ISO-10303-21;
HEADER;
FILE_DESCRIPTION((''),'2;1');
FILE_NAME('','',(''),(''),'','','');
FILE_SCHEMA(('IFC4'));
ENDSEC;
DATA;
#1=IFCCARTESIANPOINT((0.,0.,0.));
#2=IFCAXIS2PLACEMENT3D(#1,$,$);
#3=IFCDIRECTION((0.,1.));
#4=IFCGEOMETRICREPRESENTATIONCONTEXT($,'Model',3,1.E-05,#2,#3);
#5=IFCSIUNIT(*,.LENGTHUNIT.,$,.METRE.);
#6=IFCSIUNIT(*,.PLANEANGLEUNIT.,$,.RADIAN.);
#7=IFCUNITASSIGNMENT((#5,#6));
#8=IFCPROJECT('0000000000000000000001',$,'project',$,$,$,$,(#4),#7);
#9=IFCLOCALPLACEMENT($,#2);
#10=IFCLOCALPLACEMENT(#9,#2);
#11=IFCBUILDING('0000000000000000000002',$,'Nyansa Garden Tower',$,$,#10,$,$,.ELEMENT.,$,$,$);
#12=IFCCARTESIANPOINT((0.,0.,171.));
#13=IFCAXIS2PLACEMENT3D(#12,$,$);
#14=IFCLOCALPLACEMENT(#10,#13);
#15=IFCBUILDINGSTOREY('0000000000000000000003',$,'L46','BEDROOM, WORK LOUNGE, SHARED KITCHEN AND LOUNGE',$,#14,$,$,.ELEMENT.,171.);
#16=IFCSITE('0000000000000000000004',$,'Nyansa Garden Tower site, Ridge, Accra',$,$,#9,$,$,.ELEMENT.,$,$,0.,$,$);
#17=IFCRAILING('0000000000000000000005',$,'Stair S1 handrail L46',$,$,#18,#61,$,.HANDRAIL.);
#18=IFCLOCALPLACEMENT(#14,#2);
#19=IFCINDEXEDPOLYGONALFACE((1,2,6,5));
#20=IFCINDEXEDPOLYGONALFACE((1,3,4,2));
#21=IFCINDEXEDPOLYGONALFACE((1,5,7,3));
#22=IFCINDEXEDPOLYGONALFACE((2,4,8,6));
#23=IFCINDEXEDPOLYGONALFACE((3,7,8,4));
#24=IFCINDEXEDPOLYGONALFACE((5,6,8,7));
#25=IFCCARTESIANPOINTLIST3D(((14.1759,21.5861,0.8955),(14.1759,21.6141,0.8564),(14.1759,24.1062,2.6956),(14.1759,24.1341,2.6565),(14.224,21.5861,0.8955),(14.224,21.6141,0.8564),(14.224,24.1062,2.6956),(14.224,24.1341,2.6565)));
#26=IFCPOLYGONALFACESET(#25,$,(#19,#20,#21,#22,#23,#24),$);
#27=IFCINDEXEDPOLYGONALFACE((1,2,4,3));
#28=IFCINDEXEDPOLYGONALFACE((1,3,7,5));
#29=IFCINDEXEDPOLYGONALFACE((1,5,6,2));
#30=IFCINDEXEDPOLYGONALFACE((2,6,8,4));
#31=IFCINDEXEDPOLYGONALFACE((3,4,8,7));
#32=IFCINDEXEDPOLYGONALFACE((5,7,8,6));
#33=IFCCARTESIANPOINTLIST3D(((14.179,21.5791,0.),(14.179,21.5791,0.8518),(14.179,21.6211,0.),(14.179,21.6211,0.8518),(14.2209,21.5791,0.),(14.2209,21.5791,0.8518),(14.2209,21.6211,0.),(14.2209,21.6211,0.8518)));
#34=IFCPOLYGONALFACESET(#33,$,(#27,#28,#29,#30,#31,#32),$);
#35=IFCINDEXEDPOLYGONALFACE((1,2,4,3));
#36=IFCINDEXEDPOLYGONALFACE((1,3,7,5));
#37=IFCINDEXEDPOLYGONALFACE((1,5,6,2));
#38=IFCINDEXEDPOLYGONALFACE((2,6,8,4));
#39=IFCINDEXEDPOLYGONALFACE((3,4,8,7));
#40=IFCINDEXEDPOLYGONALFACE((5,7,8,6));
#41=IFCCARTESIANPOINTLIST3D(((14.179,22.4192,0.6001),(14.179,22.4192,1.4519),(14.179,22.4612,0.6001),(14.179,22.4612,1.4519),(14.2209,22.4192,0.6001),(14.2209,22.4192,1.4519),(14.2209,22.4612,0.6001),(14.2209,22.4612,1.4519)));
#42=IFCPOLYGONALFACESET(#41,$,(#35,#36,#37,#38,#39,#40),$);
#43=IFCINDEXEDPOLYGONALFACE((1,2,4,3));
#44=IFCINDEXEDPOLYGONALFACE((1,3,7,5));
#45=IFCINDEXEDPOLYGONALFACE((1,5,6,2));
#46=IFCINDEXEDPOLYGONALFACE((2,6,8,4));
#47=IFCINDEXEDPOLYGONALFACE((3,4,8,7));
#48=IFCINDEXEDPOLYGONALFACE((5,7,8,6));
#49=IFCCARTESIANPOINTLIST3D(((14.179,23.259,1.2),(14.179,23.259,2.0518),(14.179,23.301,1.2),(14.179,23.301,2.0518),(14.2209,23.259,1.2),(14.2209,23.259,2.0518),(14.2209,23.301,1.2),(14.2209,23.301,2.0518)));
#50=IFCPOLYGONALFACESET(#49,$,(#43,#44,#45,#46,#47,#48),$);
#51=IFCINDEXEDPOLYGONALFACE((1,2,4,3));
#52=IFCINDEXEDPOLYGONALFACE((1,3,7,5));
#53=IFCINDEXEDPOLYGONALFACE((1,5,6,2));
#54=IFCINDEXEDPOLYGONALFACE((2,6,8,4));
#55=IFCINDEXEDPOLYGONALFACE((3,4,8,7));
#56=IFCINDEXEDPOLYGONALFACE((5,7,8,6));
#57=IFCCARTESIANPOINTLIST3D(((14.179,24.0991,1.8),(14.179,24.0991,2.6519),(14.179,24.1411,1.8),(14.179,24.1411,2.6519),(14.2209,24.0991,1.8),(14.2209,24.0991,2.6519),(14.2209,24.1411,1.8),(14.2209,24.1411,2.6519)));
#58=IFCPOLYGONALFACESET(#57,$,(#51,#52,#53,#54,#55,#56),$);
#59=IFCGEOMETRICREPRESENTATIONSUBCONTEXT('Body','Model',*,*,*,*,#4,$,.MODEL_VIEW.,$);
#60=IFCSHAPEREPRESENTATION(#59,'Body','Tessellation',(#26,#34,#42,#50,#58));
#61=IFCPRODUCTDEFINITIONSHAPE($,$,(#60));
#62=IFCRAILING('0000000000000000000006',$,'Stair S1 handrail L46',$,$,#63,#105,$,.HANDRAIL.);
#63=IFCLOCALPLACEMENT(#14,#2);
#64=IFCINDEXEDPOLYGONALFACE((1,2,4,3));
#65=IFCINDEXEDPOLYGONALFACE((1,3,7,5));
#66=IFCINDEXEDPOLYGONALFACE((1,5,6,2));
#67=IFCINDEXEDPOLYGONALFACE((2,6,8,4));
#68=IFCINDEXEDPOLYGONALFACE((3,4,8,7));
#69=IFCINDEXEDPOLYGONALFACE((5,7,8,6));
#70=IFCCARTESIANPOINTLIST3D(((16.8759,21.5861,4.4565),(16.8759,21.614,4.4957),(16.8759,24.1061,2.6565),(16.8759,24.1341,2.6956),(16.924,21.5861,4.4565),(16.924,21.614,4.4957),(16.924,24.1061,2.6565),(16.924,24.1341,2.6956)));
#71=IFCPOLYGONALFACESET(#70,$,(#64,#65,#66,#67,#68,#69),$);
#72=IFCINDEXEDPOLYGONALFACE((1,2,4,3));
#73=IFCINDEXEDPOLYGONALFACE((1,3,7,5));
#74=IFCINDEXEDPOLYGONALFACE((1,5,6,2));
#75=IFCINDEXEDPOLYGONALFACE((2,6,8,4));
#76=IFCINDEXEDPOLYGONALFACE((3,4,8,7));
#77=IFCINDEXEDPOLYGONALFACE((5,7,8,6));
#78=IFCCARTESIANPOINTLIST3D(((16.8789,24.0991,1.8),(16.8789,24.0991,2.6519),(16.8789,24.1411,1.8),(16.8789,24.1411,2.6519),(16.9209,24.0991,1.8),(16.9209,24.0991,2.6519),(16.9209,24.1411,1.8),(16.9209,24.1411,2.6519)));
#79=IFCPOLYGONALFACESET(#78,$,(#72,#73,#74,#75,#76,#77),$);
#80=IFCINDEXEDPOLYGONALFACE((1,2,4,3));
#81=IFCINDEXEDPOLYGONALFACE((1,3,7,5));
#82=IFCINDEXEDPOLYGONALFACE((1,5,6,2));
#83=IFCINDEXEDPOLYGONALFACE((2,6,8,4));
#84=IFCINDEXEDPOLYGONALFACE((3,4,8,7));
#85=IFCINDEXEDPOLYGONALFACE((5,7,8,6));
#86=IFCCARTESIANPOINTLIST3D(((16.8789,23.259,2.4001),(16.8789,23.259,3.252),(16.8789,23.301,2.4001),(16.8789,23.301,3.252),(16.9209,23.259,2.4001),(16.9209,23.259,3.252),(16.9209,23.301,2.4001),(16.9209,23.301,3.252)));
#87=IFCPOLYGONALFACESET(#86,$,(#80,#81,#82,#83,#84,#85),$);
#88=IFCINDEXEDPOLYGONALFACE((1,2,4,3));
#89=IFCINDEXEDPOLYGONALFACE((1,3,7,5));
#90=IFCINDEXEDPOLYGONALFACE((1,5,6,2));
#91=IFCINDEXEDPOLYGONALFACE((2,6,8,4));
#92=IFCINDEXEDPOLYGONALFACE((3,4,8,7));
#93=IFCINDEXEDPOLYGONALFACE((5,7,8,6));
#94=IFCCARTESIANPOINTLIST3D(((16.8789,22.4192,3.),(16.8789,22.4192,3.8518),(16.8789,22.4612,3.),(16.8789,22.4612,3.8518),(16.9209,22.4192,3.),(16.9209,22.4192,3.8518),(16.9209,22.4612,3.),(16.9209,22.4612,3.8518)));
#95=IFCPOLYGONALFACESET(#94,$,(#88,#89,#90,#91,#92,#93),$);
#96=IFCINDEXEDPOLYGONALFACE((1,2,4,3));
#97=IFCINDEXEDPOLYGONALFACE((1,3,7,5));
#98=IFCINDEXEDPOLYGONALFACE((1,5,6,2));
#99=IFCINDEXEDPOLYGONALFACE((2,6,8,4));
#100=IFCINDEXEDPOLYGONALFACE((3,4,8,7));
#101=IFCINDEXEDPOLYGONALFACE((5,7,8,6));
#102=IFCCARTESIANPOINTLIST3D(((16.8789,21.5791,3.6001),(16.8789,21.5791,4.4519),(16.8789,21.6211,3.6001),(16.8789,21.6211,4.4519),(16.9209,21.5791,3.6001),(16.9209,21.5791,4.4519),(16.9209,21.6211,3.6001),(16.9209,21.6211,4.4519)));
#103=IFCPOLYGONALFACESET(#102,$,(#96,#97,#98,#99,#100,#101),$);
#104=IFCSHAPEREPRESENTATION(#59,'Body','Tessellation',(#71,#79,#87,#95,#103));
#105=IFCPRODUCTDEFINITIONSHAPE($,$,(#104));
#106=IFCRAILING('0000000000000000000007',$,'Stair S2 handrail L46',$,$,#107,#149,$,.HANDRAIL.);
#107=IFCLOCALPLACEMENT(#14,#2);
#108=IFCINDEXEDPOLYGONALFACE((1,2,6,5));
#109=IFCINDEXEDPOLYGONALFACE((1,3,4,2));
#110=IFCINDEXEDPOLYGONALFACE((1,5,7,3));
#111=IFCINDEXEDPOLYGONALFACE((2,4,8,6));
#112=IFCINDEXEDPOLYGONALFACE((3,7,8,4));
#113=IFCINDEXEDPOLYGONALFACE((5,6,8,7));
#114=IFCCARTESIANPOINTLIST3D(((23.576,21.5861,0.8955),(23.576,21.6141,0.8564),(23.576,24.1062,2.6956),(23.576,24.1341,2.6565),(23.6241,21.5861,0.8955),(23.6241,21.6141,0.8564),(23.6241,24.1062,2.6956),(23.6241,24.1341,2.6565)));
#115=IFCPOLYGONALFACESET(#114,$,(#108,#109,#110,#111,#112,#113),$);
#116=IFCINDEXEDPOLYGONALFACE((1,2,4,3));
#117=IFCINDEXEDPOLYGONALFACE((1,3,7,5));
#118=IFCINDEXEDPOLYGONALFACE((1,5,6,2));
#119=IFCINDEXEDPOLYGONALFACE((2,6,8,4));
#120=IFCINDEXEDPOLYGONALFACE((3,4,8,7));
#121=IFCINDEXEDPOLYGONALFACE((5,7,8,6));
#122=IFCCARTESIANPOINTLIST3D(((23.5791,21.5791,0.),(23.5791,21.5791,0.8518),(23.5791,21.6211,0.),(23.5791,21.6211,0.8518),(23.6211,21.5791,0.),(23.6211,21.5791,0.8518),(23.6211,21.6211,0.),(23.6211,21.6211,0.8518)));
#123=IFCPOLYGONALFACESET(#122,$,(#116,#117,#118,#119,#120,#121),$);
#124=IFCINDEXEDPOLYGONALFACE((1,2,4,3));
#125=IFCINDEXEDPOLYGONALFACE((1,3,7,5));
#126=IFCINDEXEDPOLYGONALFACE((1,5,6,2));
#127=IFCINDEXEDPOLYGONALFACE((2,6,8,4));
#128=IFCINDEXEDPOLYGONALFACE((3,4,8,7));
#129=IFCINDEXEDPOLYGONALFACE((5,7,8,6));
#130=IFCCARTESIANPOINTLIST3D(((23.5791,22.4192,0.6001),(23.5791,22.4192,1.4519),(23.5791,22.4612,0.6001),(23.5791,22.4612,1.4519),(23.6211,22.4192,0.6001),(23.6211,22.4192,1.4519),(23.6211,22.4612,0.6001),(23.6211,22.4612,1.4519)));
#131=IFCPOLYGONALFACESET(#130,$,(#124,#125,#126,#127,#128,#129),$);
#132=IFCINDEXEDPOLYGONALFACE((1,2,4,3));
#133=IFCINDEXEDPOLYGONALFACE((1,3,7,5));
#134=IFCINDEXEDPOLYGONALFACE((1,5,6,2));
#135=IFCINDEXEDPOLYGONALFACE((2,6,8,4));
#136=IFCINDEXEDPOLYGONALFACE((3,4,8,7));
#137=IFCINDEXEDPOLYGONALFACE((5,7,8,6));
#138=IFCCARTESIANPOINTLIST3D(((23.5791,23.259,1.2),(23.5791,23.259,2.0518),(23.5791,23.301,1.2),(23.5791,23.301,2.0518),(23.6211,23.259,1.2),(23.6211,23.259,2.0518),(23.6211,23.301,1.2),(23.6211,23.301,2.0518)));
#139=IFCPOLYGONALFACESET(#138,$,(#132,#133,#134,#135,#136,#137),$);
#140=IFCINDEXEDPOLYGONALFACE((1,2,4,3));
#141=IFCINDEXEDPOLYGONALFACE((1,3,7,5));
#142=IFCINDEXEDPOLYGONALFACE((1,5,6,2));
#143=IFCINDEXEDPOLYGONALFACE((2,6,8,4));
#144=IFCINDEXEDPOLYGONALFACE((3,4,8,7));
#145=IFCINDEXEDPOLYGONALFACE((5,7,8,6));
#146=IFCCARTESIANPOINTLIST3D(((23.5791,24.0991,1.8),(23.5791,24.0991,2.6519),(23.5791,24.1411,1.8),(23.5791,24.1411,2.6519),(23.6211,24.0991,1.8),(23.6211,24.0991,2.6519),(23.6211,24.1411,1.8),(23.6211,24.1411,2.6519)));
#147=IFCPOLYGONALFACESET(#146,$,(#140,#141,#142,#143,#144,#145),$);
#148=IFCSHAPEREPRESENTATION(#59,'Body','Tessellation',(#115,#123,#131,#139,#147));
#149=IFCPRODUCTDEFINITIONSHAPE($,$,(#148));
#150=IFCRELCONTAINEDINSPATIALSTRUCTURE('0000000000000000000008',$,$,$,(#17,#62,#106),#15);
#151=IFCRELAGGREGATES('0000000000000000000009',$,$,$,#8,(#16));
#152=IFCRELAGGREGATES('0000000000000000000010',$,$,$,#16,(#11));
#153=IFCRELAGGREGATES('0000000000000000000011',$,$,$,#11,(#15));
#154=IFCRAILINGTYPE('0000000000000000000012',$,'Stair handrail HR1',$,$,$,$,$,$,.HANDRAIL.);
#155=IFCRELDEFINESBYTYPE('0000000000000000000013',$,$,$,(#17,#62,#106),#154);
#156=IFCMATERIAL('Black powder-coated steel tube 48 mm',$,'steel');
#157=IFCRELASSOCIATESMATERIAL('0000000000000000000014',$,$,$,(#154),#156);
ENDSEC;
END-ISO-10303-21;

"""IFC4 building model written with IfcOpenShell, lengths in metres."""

from ifc_helpers import new_model, si_unit, direction, frame, origin, origin_2d, place, context, subcontext, project, spatial, rectangle, extrude, material, type_object, element, save


model = new_model("IFC4")

# Units and contexts
model_context = context("Model", 3, precision=1e-05, world=origin(), true_north=direction((0.0, 1.0)))
body_context = subcontext(model_context, "Body", "Model", "MODEL_VIEW")
ifc_project = project(units=[si_unit("LENGTHUNIT", "METRE"), si_unit("PLANEANGLEUNIT", "RADIAN")], contexts=[model_context])

# Site, building, storey
site_placement = place(None, origin())
site = spatial("IfcSite", under=ifc_project, at=site_placement, Name="Nyansa Garden Tower site, Ridge, Accra", CompositionType="ELEMENT", RefElevation=0.0)
building_placement = place(site_placement, origin())
building = spatial("IfcBuilding", under=site, at=building_placement, Name="Nyansa Garden Tower", CompositionType="ELEMENT")
storey_placement = place(building_placement, frame((0.0, 0.0, 171.0)))
storey = spatial("IfcBuildingStorey", under=building, at=storey_placement, Name="L46", Description="BEDROOM, WORK LOUNGE, SHARED KITCHEN AND LOUNGE", CompositionType="ELEMENT", Elevation=171.0)

# Railings
ifc_material_1 = material(Name="Black powder-coated steel tube 48 mm", Category="steel")
railing_type = type_object("IfcRailingType", Name="Stair handrail HR1", PredefinedType="HANDRAIL", material=ifc_material_1)
railing_1_placement = place(storey_placement, frame((14.2, 21.6001, 0.0)))
element("IfcRailing", 1, at=railing_1_placement, inside=storey, type_object=railing_type, Name="Stair S1 handrail L46", PredefinedType="HANDRAIL", context=body_context, shape_type="SweptSolid", body=[
    extrude(rectangle(XDim=0.0481, YDim=0.0481, at=origin_2d()), frame((0.0, 0.0, 0.876), z_axis=(0.0, 0.813728, 0.581246), x_axis=(-1.0, 0.0, 0.0)), (0.0, 0.0, 1.0), 3.0969),
    extrude(rectangle(XDim=0.042, YDim=0.042, at=origin_2d()), origin(), (0.0, 0.0, 1.0), 0.8518),
    extrude(rectangle(XDim=0.042, YDim=0.042, at=origin_2d()), frame((0.0, 0.8401, 0.6001)), (0.0, 0.0, 1.0), 0.8518),
    extrude(rectangle(XDim=0.042, YDim=0.042, at=origin_2d()), frame((0.0, 1.6799, 1.2)), (0.0, 0.0, 1.0), 0.8518),
    extrude(rectangle(XDim=0.042, YDim=0.042, at=origin_2d()), frame((0.0, 2.52, 1.8)), (0.0, 0.0, 1.0), 0.8518),
])
railing_2_placement = place(storey_placement, frame((16.8999, 24.1201, 1.8)))
element("IfcRailing", 2, at=railing_2_placement, inside=storey, type_object=railing_type, Name="Stair S1 handrail L46", PredefinedType="HANDRAIL", context=body_context, shape_type="SweptSolid", body=[
    extrude(rectangle(XDim=0.0481, YDim=0.0481, at=origin_2d()), frame((0.0, 0.0, 0.876), z_axis=(0.0, -0.813728, 0.581246), x_axis=(1.0, 0.0, 0.0)), (0.0, 0.0, 1.0), 3.0969),
    extrude(rectangle(XDim=0.042, YDim=0.042, at=origin_2d()), origin(), (0.0, 0.0, 1.0), 0.8518),
    extrude(rectangle(XDim=0.042, YDim=0.042, at=origin_2d()), frame((0.0, -0.8401, 0.6001)), (0.0, 0.0, 1.0), 0.8518),
    extrude(rectangle(XDim=0.042, YDim=0.042, at=origin_2d()), frame((0.0, -1.6799, 1.2)), (0.0, 0.0, 1.0), 0.8518),
    extrude(rectangle(XDim=0.042, YDim=0.042, at=origin_2d()), frame((0.0, -2.52, 1.8)), (0.0, 0.0, 1.0), 0.8518),
])
railing_3_placement = place(storey_placement, frame((23.6001, 21.6001, 0.0)))
element("IfcRailing", 3, at=railing_3_placement, inside=storey, type_object=railing_type, Name="Stair S2 handrail L46", PredefinedType="HANDRAIL", context=body_context, shape_type="SweptSolid", body=[
    extrude(rectangle(XDim=0.0481, YDim=0.0481, at=origin_2d()), frame((0.0, 0.0, 0.876), z_axis=(0.0, 0.813728, 0.581246), x_axis=(-1.0, 0.0, 0.0)), (0.0, 0.0, 1.0), 3.0969),
    extrude(rectangle(XDim=0.042, YDim=0.042, at=origin_2d()), origin(), (0.0, 0.0, 1.0), 0.8518),
    extrude(rectangle(XDim=0.042, YDim=0.042, at=origin_2d()), frame((0.0, 0.8401, 0.6001)), (0.0, 0.0, 1.0), 0.8518),
    extrude(rectangle(XDim=0.042, YDim=0.042, at=origin_2d()), frame((0.0, 1.6799, 1.2)), (0.0, 0.0, 1.0), 0.8518),
    extrude(rectangle(XDim=0.042, YDim=0.042, at=origin_2d()), frame((0.0, 2.52, 1.8)), (0.0, 0.0, 1.0), 0.8518),
])

save(model, "model.ifc")
